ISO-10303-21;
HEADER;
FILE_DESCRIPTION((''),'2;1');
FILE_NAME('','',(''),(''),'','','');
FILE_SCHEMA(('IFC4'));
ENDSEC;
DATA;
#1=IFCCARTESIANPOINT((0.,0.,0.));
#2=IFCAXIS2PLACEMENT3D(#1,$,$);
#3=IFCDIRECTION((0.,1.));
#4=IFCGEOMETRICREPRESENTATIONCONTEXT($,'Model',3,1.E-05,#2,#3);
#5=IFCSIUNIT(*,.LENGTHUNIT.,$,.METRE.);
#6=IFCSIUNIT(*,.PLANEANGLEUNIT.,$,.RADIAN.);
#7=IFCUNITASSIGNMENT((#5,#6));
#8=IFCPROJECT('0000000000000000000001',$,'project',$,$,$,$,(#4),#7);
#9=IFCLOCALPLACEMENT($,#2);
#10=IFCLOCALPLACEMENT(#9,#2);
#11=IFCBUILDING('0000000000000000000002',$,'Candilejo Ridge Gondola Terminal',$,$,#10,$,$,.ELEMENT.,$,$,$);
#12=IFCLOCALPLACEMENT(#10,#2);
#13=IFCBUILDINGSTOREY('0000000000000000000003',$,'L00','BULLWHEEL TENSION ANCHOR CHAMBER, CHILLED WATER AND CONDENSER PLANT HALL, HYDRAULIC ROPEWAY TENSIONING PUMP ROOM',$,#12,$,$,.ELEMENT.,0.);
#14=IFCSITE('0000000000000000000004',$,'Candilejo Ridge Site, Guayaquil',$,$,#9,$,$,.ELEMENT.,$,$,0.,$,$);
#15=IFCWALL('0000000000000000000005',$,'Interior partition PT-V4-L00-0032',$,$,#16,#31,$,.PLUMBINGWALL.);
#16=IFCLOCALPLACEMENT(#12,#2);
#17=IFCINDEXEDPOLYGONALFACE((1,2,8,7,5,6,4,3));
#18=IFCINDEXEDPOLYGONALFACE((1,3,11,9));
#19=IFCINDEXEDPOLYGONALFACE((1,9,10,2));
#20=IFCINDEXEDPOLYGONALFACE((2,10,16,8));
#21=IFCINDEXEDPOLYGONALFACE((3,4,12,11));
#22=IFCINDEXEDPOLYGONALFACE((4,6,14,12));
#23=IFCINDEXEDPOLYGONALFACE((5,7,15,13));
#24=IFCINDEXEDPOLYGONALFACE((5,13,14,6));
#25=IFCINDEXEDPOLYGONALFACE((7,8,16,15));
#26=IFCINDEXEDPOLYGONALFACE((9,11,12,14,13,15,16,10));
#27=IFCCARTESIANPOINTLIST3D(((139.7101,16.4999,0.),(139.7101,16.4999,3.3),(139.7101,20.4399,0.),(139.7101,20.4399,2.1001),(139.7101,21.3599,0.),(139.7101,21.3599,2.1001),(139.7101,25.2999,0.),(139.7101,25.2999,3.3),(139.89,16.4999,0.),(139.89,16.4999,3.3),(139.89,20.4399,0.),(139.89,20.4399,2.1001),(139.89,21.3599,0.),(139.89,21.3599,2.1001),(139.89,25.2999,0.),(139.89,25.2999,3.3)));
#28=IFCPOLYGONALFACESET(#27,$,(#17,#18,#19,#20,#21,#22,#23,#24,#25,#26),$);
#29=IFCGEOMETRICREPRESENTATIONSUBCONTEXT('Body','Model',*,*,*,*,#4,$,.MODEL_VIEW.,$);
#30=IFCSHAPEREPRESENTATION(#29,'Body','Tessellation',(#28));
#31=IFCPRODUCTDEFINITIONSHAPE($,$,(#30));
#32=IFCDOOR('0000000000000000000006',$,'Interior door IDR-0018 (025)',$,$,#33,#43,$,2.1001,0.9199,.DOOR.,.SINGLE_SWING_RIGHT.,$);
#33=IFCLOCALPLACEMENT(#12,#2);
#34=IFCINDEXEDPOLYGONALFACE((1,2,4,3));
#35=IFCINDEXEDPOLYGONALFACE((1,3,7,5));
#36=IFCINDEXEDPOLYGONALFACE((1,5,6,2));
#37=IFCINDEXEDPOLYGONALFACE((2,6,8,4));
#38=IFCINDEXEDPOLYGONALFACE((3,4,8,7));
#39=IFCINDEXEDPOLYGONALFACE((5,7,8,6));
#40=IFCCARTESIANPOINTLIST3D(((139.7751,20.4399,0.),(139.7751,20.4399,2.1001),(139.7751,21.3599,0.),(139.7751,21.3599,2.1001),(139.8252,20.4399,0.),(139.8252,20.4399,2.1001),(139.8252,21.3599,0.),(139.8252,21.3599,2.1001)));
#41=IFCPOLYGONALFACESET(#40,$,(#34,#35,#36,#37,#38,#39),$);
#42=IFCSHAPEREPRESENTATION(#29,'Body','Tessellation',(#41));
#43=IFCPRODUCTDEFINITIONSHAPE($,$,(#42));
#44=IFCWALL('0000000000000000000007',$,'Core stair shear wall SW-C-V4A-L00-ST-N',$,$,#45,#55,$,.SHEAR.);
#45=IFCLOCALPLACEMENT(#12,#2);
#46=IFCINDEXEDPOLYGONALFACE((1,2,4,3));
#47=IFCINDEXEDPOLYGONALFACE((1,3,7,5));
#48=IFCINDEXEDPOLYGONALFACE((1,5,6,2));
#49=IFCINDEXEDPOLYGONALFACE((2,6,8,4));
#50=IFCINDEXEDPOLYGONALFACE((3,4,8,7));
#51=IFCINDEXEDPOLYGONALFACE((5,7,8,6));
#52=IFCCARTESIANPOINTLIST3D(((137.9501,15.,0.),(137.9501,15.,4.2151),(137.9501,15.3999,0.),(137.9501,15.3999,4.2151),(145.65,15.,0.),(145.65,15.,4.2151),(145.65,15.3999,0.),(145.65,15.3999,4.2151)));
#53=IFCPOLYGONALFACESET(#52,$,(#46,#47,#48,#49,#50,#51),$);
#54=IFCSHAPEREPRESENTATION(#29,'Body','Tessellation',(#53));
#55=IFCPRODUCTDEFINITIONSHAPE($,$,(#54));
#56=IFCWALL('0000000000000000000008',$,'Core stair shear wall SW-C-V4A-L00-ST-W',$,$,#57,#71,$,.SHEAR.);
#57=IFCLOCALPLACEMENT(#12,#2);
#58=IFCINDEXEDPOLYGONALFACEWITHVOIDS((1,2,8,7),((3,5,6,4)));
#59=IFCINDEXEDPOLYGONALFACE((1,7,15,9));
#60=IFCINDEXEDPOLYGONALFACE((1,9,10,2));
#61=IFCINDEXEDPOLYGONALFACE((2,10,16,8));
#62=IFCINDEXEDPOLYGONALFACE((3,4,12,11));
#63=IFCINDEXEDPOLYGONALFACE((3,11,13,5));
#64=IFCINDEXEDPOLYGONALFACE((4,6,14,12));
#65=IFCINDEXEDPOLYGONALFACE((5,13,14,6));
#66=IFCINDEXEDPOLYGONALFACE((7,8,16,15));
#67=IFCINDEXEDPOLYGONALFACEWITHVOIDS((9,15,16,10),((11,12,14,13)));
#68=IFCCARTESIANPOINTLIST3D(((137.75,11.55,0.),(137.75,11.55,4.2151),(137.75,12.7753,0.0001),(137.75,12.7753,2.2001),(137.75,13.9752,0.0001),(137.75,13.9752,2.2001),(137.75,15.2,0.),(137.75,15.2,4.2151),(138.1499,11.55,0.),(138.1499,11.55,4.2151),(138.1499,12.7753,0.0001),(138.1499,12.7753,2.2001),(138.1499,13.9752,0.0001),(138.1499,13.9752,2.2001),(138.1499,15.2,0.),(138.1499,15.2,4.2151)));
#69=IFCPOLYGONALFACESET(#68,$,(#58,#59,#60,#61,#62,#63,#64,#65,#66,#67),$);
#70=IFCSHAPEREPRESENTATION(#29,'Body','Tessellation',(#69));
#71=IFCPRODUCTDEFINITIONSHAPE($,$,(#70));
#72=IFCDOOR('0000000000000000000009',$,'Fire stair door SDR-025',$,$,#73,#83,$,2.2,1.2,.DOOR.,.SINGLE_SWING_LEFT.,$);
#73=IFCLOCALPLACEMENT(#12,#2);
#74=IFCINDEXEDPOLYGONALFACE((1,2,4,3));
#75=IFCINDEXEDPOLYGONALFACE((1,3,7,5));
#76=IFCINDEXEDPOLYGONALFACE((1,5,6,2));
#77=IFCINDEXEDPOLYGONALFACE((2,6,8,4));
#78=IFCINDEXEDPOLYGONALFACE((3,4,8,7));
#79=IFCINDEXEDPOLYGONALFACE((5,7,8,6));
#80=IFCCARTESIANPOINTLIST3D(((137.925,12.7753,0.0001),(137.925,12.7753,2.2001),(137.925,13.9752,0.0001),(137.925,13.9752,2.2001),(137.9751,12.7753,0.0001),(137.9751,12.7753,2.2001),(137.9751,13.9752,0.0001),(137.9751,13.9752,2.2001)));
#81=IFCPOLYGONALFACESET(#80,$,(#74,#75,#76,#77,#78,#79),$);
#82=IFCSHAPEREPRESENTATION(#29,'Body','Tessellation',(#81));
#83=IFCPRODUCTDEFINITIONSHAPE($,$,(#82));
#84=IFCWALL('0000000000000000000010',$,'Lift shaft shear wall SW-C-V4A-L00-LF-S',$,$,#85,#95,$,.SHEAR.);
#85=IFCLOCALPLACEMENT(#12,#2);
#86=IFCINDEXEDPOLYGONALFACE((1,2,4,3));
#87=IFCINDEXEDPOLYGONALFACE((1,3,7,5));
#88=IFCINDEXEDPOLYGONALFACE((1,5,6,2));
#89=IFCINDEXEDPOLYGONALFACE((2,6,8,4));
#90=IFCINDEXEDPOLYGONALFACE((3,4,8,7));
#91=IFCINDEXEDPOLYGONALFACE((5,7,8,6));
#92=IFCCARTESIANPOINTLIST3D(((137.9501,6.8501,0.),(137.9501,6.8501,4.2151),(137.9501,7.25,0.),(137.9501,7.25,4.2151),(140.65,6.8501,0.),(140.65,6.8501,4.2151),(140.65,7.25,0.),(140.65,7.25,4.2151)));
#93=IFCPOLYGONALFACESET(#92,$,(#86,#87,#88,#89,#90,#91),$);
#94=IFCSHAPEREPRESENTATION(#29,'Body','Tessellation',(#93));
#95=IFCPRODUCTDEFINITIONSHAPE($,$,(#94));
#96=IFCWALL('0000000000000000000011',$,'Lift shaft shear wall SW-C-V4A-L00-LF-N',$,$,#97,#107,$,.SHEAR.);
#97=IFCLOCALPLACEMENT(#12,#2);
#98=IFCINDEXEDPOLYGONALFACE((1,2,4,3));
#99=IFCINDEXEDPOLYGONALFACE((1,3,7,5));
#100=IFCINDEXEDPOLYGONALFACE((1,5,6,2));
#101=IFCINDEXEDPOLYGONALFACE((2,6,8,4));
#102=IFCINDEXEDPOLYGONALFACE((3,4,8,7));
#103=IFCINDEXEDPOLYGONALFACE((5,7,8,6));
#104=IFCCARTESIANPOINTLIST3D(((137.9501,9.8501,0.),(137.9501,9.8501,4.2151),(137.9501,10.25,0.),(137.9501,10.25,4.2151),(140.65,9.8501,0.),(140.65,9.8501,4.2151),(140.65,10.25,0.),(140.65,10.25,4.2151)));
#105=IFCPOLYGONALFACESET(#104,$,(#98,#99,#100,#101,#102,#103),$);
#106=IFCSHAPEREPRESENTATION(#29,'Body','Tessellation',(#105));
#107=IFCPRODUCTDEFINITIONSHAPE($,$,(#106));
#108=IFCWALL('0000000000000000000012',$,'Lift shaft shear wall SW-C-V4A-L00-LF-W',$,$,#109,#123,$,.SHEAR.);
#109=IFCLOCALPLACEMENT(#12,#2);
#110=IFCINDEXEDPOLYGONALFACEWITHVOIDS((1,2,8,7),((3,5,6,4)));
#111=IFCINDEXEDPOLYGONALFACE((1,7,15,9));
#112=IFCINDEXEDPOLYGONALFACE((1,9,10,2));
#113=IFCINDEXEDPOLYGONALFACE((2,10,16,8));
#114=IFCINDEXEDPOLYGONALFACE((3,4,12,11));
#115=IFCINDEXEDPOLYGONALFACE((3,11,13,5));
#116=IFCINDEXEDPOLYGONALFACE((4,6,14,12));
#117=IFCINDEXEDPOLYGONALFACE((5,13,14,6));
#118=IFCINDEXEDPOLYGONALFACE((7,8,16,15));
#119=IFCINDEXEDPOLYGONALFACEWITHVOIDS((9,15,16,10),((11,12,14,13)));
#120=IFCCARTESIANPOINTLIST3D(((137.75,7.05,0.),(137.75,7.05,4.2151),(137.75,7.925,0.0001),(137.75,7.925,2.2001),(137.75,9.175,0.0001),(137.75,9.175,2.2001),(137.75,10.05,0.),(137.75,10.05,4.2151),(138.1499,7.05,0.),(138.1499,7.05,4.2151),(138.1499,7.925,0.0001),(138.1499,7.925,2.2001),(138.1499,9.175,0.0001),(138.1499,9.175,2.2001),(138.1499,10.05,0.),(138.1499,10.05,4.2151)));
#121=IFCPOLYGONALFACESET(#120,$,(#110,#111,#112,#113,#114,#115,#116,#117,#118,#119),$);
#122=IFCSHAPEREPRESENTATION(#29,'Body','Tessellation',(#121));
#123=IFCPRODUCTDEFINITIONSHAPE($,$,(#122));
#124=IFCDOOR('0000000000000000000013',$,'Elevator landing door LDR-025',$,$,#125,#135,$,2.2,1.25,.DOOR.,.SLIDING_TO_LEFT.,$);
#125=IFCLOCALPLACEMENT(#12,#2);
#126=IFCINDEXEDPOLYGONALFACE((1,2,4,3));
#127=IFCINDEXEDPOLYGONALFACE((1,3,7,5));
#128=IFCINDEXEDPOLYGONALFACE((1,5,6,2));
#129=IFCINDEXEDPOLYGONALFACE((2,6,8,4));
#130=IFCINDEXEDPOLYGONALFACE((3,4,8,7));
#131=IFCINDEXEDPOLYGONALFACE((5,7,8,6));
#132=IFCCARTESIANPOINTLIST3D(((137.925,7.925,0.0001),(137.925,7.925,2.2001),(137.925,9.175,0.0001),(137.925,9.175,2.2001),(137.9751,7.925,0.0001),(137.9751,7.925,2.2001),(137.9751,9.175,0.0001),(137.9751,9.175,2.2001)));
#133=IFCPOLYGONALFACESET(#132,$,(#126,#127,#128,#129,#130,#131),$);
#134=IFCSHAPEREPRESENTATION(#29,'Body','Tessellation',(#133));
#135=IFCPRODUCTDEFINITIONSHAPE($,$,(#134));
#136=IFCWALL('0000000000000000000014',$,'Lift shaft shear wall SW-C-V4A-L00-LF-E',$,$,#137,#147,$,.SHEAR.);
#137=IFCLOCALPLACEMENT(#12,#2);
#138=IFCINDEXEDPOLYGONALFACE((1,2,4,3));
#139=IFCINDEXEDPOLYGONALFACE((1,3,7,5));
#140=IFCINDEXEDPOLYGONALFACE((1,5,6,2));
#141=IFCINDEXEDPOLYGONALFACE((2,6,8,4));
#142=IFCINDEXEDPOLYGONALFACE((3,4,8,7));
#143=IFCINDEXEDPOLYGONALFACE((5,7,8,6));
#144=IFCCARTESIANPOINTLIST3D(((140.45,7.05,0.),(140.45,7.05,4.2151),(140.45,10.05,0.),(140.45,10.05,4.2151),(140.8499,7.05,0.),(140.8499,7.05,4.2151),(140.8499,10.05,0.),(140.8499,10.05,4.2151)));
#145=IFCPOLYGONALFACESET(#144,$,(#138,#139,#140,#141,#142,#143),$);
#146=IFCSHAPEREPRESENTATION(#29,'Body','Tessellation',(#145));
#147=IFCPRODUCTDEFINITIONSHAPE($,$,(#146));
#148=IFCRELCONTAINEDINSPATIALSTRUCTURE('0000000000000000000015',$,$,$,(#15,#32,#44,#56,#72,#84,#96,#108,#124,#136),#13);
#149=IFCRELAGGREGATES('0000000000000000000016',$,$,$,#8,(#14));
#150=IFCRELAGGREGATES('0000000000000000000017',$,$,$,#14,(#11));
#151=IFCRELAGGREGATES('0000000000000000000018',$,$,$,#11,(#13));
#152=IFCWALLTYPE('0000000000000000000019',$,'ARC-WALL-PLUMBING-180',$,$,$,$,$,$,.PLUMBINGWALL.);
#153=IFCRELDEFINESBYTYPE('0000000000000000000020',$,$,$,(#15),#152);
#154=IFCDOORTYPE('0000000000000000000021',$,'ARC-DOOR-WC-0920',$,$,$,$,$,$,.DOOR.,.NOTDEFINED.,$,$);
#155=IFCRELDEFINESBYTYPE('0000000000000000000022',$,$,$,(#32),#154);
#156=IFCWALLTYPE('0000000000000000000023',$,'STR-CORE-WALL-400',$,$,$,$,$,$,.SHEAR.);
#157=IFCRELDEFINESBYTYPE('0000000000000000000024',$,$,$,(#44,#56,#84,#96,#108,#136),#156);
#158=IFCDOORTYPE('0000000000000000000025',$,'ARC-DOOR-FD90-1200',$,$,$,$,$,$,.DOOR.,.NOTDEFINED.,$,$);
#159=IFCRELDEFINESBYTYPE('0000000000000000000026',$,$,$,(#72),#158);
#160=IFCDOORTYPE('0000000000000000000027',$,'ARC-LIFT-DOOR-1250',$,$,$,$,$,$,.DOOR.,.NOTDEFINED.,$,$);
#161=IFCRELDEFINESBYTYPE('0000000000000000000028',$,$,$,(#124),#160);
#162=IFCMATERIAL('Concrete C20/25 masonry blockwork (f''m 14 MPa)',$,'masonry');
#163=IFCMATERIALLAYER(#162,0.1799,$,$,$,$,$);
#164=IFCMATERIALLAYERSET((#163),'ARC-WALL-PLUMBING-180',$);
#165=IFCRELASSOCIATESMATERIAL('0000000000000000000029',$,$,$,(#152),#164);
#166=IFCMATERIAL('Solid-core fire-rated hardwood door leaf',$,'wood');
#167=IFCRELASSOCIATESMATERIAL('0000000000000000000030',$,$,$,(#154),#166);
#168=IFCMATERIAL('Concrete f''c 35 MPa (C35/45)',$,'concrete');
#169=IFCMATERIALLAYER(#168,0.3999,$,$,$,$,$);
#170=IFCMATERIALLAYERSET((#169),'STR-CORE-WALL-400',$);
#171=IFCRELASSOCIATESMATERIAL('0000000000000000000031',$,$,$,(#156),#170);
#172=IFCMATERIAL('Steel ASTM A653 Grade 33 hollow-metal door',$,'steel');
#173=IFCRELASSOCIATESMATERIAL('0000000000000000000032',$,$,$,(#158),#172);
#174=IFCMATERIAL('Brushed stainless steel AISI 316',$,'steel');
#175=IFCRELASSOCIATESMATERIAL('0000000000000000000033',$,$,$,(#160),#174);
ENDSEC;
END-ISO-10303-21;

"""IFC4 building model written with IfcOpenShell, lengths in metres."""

from ifc_helpers import new_model, si_unit, direction, frame, frame_2d, origin, place, context, subcontext, project, spatial, rectangle, extrude, material, layer, layer_set, type_object, element, fill, save


model = new_model("IFC4")

# Units and contexts
model_context = context("Model", 3, precision=1e-05, world=origin(), true_north=direction((0.0, 1.0)))
body_context = subcontext(model_context, "Body", "Model", "MODEL_VIEW")
ifc_project = project(units=[si_unit("LENGTHUNIT", "METRE"), si_unit("PLANEANGLEUNIT", "RADIAN")], contexts=[model_context])

# Site, building, storey
site_placement = place(None, origin())
site = spatial("IfcSite", under=ifc_project, at=site_placement, Name="Candilejo Ridge Site, Guayaquil", CompositionType="ELEMENT", RefElevation=0.0)
building_placement = place(site_placement, origin())
building = spatial("IfcBuilding", under=site, at=building_placement, Name="Candilejo Ridge Gondola Terminal", CompositionType="ELEMENT")
storey_placement = place(building_placement, origin())
storey = spatial("IfcBuildingStorey", under=building, at=storey_placement, Name="L00", Description="BULLWHEEL TENSION ANCHOR CHAMBER, CHILLED WATER AND CONDENSER PLANT HALL, HYDRAULIC ROPEWAY TENSIONING PUMP ROOM", CompositionType="ELEMENT", Elevation=0.0)

# Wall, opening, door
ifc_material_1 = material(Name="Concrete C20/25 masonry blockwork (f'm 14 MPa)", Category="masonry")
ifc_layer_1 = layer(ifc_material_1, 0.1799)
ifc_layer_set_1 = layer_set([ifc_layer_1], Name="ARC-WALL-PLUMBING-180")
wall_type_1 = type_object("IfcWallType", Name="ARC-WALL-PLUMBING-180", PredefinedType="PLUMBINGWALL", material=ifc_layer_set_1)
wall_1_placement = place(storey_placement, frame((139.8, 16.5, 0.0), z_axis=(0.0, 0.0, 1.0), x_axis=(0.0, 1.0, 0.0)))
wall_1 = element("IfcWall", 1, at=wall_1_placement, inside=storey, type_object=wall_type_1, Name="Interior partition PT-V4-L00-0032", PredefinedType="PLUMBINGWALL", context=body_context, shape_type="SweptSolid", body=[
    extrude(rectangle(XDim=8.8, YDim=0.1799, at=frame_2d((4.3999, 0.0))), origin(), (0.0, 0.0, 1.0), 3.3),
])
opening_1_placement = place(wall_1_placement, frame((3.9399, 0.0, 0.0)))
opening_1 = element("IfcOpeningElement", 2, at=opening_1_placement, cuts=wall_1, PredefinedType="OPENING", context=body_context, shape_type="SweptSolid", body=[
    extrude(rectangle(XDim=0.9199, YDim=2.1001, at=frame_2d((0.46, 1.05))), frame((0.0, 0.0999, 0.0), z_axis=(0.0, -1.0, 0.0), x_axis=(1.0, 0.0, 0.0)), (0.0, 0.0, 1.0), 0.2),
])
ifc_material_2 = material(Name="Solid-core fire-rated hardwood door leaf", Category="wood")
door_type_1 = type_object("IfcDoorType", Name="ARC-DOOR-WC-0920", OperationType="NOTDEFINED", PredefinedType="DOOR", material=ifc_material_2)
door_1_placement = place(opening_1_placement, origin())
door_1 = element("IfcDoor", 3, at=door_1_placement, inside=storey, type_object=door_type_1, Name="Interior door IDR-0018 (025)", OperationType="SINGLE_SWING_RIGHT", OverallHeight=2.1001, OverallWidth=0.9199, PredefinedType="DOOR", context=body_context, shape_type="SweptSolid", body=[
    extrude(rectangle(XDim=0.9199, YDim=2.1001, at=frame_2d((0.46, 1.05))), frame((0.0, 0.0249, 0.0), z_axis=(0.0, -1.0, 0.0), x_axis=(1.0, 0.0, 0.0)), (0.0, 0.0, 1.0), 0.05),
])
fill(opening_1, door_1)

# Wall
ifc_material_3 = material(Name="Concrete f'c 35 MPa (C35/45)", Category="concrete")
ifc_layer_2 = layer(ifc_material_3, 0.3999)
ifc_layer_set_2 = layer_set([ifc_layer_2], Name="STR-CORE-WALL-400")
wall_type_2 = type_object("IfcWallType", Name="STR-CORE-WALL-400", PredefinedType="SHEAR", material=ifc_layer_set_2)
wall_2_placement = place(storey_placement, frame((137.95, 15.2, 0.0), z_axis=(0.0, 0.0, 1.0), x_axis=(1.0, 0.0, 0.0)))
element("IfcWall", 4, at=wall_2_placement, inside=storey, type_object=wall_type_2, Name="Core stair shear wall SW-C-V4A-L00-ST-N", PredefinedType="SHEAR", context=body_context, shape_type="SweptSolid", body=[
    extrude(rectangle(XDim=7.7, YDim=0.3999, at=frame_2d((3.8501, 0.0))), origin(), (0.0, 0.0, 1.0), 4.2151),
])

# Wall, opening, door
wall_3_placement = place(storey_placement, frame((137.95, 11.55, 0.0), z_axis=(0.0, 0.0, 1.0), x_axis=(0.0, 1.0, 0.0)))
wall_3 = element("IfcWall", 5, at=wall_3_placement, inside=storey, type_object=wall_type_2, Name="Core stair shear wall SW-C-V4A-L00-ST-W", PredefinedType="SHEAR", context=body_context, shape_type="SweptSolid", body=[
    extrude(rectangle(XDim=3.6499, YDim=0.3999, at=frame_2d((1.825, 0.0))), origin(), (0.0, 0.0, 1.0), 4.2151),
])
opening_2_placement = place(wall_3_placement, frame((1.2251, 0.0, 0.0)))
opening_2 = element("IfcOpeningElement", 6, at=opening_2_placement, cuts=wall_3, PredefinedType="OPENING", context=body_context, shape_type="SweptSolid", body=[
    extrude(rectangle(XDim=1.2, YDim=2.2, at=frame_2d((0.6001, 1.1001))), frame((0.0, 0.21, 0.0), z_axis=(0.0, -1.0, 0.0), x_axis=(1.0, 0.0, 0.0)), (0.0, 0.0, 1.0), 0.4199),
])
ifc_material_4 = material(Name="Steel ASTM A653 Grade 33 hollow-metal door", Category="steel")
door_type_2 = type_object("IfcDoorType", Name="ARC-DOOR-FD90-1200", OperationType="NOTDEFINED", PredefinedType="DOOR", material=ifc_material_4)
door_2_placement = place(opening_2_placement, origin())
door_2 = element("IfcDoor", 7, at=door_2_placement, inside=storey, type_object=door_type_2, Name="Fire stair door SDR-025", OperationType="SINGLE_SWING_LEFT", OverallHeight=2.2, OverallWidth=1.2, PredefinedType="DOOR", context=body_context, shape_type="SweptSolid", body=[
    extrude(rectangle(XDim=1.2, YDim=2.2, at=frame_2d((0.6001, 1.1001))), frame((0.0, 0.0249, 0.0), z_axis=(0.0, -1.0, 0.0), x_axis=(1.0, 0.0, 0.0)), (0.0, 0.0, 1.0), 0.05),
])
fill(opening_2, door_2)

# Walls
for number, where, z_axis, x_axis, name in (
    (8, (137.95, 7.05, 0.0), (0.0, 0.0, 1.0), (1.0, 0.0, 0.0), "Lift shaft shear wall SW-C-V4A-L00-LF-S"),
    (9, (137.95, 10.05, 0.0), (0.0, 0.0, 1.0), (1.0, 0.0, 0.0), "Lift shaft shear wall SW-C-V4A-L00-LF-N"),
):
    element("IfcWall", number, at=place(storey_placement, frame(where, z_axis=z_axis, x_axis=x_axis)), inside=storey, type_object=wall_type_2, Name=name, PredefinedType="SHEAR", context=body_context, shape_type="SweptSolid", body=[
        extrude(rectangle(XDim=2.7, YDim=0.3999, at=frame_2d((1.3501, 0.0))), origin(), (0.0, 0.0, 1.0), 4.2151),
    ])

# Wall, opening, door
wall_4_placement = place(storey_placement, frame((137.95, 7.05, 0.0), z_axis=(0.0, 0.0, 1.0), x_axis=(0.0, 1.0, 0.0)))
wall_4 = element("IfcWall", 10, at=wall_4_placement, inside=storey, type_object=wall_type_2, Name="Lift shaft shear wall SW-C-V4A-L00-LF-W", PredefinedType="SHEAR", context=body_context, shape_type="SweptSolid", body=[
    extrude(rectangle(XDim=3.0, YDim=0.3999, at=frame_2d((1.5, 0.0))), origin(), (0.0, 0.0, 1.0), 4.2151),
])
opening_3_placement = place(wall_4_placement, frame((0.875, 0.0, 0.0)))
opening_3 = element("IfcOpeningElement", 11, at=opening_3_placement, cuts=wall_4, PredefinedType="OPENING", context=body_context, shape_type="SweptSolid", body=[
    extrude(rectangle(XDim=1.25, YDim=2.2, at=frame_2d((0.625, 1.1001))), frame((0.0, 0.21, 0.0), z_axis=(0.0, -1.0, 0.0), x_axis=(1.0, 0.0, 0.0)), (0.0, 0.0, 1.0), 0.4199),
])
ifc_material_5 = material(Name="Brushed stainless steel AISI 316", Category="steel")
door_type_3 = type_object("IfcDoorType", Name="ARC-LIFT-DOOR-1250", OperationType="NOTDEFINED", PredefinedType="DOOR", material=ifc_material_5)
door_3_placement = place(opening_3_placement, origin())
door_3 = element("IfcDoor", 12, at=door_3_placement, inside=storey, type_object=door_type_3, Name="Elevator landing door LDR-025", OperationType="SLIDING_TO_LEFT", OverallHeight=2.2, OverallWidth=1.25, PredefinedType="DOOR", context=body_context, shape_type="SweptSolid", body=[
    extrude(rectangle(XDim=1.25, YDim=2.2, at=frame_2d((0.625, 1.1001))), frame((0.0, 0.0249, 0.0), z_axis=(0.0, -1.0, 0.0), x_axis=(1.0, 0.0, 0.0)), (0.0, 0.0, 1.0), 0.05),
])
fill(opening_3, door_3)

# Wall
wall_5_placement = place(storey_placement, frame((140.6499, 7.05, 0.0), z_axis=(0.0, 0.0, 1.0), x_axis=(0.0, 1.0, 0.0)))
element("IfcWall", 13, at=wall_5_placement, inside=storey, type_object=wall_type_2, Name="Lift shaft shear wall SW-C-V4A-L00-LF-E", PredefinedType="SHEAR", context=body_context, shape_type="SweptSolid", body=[
    extrude(rectangle(XDim=3.0, YDim=0.3999, at=frame_2d((1.5, 0.0))), origin(), (0.0, 0.0, 1.0), 4.2151),
])

save(model, "model.ifc")
